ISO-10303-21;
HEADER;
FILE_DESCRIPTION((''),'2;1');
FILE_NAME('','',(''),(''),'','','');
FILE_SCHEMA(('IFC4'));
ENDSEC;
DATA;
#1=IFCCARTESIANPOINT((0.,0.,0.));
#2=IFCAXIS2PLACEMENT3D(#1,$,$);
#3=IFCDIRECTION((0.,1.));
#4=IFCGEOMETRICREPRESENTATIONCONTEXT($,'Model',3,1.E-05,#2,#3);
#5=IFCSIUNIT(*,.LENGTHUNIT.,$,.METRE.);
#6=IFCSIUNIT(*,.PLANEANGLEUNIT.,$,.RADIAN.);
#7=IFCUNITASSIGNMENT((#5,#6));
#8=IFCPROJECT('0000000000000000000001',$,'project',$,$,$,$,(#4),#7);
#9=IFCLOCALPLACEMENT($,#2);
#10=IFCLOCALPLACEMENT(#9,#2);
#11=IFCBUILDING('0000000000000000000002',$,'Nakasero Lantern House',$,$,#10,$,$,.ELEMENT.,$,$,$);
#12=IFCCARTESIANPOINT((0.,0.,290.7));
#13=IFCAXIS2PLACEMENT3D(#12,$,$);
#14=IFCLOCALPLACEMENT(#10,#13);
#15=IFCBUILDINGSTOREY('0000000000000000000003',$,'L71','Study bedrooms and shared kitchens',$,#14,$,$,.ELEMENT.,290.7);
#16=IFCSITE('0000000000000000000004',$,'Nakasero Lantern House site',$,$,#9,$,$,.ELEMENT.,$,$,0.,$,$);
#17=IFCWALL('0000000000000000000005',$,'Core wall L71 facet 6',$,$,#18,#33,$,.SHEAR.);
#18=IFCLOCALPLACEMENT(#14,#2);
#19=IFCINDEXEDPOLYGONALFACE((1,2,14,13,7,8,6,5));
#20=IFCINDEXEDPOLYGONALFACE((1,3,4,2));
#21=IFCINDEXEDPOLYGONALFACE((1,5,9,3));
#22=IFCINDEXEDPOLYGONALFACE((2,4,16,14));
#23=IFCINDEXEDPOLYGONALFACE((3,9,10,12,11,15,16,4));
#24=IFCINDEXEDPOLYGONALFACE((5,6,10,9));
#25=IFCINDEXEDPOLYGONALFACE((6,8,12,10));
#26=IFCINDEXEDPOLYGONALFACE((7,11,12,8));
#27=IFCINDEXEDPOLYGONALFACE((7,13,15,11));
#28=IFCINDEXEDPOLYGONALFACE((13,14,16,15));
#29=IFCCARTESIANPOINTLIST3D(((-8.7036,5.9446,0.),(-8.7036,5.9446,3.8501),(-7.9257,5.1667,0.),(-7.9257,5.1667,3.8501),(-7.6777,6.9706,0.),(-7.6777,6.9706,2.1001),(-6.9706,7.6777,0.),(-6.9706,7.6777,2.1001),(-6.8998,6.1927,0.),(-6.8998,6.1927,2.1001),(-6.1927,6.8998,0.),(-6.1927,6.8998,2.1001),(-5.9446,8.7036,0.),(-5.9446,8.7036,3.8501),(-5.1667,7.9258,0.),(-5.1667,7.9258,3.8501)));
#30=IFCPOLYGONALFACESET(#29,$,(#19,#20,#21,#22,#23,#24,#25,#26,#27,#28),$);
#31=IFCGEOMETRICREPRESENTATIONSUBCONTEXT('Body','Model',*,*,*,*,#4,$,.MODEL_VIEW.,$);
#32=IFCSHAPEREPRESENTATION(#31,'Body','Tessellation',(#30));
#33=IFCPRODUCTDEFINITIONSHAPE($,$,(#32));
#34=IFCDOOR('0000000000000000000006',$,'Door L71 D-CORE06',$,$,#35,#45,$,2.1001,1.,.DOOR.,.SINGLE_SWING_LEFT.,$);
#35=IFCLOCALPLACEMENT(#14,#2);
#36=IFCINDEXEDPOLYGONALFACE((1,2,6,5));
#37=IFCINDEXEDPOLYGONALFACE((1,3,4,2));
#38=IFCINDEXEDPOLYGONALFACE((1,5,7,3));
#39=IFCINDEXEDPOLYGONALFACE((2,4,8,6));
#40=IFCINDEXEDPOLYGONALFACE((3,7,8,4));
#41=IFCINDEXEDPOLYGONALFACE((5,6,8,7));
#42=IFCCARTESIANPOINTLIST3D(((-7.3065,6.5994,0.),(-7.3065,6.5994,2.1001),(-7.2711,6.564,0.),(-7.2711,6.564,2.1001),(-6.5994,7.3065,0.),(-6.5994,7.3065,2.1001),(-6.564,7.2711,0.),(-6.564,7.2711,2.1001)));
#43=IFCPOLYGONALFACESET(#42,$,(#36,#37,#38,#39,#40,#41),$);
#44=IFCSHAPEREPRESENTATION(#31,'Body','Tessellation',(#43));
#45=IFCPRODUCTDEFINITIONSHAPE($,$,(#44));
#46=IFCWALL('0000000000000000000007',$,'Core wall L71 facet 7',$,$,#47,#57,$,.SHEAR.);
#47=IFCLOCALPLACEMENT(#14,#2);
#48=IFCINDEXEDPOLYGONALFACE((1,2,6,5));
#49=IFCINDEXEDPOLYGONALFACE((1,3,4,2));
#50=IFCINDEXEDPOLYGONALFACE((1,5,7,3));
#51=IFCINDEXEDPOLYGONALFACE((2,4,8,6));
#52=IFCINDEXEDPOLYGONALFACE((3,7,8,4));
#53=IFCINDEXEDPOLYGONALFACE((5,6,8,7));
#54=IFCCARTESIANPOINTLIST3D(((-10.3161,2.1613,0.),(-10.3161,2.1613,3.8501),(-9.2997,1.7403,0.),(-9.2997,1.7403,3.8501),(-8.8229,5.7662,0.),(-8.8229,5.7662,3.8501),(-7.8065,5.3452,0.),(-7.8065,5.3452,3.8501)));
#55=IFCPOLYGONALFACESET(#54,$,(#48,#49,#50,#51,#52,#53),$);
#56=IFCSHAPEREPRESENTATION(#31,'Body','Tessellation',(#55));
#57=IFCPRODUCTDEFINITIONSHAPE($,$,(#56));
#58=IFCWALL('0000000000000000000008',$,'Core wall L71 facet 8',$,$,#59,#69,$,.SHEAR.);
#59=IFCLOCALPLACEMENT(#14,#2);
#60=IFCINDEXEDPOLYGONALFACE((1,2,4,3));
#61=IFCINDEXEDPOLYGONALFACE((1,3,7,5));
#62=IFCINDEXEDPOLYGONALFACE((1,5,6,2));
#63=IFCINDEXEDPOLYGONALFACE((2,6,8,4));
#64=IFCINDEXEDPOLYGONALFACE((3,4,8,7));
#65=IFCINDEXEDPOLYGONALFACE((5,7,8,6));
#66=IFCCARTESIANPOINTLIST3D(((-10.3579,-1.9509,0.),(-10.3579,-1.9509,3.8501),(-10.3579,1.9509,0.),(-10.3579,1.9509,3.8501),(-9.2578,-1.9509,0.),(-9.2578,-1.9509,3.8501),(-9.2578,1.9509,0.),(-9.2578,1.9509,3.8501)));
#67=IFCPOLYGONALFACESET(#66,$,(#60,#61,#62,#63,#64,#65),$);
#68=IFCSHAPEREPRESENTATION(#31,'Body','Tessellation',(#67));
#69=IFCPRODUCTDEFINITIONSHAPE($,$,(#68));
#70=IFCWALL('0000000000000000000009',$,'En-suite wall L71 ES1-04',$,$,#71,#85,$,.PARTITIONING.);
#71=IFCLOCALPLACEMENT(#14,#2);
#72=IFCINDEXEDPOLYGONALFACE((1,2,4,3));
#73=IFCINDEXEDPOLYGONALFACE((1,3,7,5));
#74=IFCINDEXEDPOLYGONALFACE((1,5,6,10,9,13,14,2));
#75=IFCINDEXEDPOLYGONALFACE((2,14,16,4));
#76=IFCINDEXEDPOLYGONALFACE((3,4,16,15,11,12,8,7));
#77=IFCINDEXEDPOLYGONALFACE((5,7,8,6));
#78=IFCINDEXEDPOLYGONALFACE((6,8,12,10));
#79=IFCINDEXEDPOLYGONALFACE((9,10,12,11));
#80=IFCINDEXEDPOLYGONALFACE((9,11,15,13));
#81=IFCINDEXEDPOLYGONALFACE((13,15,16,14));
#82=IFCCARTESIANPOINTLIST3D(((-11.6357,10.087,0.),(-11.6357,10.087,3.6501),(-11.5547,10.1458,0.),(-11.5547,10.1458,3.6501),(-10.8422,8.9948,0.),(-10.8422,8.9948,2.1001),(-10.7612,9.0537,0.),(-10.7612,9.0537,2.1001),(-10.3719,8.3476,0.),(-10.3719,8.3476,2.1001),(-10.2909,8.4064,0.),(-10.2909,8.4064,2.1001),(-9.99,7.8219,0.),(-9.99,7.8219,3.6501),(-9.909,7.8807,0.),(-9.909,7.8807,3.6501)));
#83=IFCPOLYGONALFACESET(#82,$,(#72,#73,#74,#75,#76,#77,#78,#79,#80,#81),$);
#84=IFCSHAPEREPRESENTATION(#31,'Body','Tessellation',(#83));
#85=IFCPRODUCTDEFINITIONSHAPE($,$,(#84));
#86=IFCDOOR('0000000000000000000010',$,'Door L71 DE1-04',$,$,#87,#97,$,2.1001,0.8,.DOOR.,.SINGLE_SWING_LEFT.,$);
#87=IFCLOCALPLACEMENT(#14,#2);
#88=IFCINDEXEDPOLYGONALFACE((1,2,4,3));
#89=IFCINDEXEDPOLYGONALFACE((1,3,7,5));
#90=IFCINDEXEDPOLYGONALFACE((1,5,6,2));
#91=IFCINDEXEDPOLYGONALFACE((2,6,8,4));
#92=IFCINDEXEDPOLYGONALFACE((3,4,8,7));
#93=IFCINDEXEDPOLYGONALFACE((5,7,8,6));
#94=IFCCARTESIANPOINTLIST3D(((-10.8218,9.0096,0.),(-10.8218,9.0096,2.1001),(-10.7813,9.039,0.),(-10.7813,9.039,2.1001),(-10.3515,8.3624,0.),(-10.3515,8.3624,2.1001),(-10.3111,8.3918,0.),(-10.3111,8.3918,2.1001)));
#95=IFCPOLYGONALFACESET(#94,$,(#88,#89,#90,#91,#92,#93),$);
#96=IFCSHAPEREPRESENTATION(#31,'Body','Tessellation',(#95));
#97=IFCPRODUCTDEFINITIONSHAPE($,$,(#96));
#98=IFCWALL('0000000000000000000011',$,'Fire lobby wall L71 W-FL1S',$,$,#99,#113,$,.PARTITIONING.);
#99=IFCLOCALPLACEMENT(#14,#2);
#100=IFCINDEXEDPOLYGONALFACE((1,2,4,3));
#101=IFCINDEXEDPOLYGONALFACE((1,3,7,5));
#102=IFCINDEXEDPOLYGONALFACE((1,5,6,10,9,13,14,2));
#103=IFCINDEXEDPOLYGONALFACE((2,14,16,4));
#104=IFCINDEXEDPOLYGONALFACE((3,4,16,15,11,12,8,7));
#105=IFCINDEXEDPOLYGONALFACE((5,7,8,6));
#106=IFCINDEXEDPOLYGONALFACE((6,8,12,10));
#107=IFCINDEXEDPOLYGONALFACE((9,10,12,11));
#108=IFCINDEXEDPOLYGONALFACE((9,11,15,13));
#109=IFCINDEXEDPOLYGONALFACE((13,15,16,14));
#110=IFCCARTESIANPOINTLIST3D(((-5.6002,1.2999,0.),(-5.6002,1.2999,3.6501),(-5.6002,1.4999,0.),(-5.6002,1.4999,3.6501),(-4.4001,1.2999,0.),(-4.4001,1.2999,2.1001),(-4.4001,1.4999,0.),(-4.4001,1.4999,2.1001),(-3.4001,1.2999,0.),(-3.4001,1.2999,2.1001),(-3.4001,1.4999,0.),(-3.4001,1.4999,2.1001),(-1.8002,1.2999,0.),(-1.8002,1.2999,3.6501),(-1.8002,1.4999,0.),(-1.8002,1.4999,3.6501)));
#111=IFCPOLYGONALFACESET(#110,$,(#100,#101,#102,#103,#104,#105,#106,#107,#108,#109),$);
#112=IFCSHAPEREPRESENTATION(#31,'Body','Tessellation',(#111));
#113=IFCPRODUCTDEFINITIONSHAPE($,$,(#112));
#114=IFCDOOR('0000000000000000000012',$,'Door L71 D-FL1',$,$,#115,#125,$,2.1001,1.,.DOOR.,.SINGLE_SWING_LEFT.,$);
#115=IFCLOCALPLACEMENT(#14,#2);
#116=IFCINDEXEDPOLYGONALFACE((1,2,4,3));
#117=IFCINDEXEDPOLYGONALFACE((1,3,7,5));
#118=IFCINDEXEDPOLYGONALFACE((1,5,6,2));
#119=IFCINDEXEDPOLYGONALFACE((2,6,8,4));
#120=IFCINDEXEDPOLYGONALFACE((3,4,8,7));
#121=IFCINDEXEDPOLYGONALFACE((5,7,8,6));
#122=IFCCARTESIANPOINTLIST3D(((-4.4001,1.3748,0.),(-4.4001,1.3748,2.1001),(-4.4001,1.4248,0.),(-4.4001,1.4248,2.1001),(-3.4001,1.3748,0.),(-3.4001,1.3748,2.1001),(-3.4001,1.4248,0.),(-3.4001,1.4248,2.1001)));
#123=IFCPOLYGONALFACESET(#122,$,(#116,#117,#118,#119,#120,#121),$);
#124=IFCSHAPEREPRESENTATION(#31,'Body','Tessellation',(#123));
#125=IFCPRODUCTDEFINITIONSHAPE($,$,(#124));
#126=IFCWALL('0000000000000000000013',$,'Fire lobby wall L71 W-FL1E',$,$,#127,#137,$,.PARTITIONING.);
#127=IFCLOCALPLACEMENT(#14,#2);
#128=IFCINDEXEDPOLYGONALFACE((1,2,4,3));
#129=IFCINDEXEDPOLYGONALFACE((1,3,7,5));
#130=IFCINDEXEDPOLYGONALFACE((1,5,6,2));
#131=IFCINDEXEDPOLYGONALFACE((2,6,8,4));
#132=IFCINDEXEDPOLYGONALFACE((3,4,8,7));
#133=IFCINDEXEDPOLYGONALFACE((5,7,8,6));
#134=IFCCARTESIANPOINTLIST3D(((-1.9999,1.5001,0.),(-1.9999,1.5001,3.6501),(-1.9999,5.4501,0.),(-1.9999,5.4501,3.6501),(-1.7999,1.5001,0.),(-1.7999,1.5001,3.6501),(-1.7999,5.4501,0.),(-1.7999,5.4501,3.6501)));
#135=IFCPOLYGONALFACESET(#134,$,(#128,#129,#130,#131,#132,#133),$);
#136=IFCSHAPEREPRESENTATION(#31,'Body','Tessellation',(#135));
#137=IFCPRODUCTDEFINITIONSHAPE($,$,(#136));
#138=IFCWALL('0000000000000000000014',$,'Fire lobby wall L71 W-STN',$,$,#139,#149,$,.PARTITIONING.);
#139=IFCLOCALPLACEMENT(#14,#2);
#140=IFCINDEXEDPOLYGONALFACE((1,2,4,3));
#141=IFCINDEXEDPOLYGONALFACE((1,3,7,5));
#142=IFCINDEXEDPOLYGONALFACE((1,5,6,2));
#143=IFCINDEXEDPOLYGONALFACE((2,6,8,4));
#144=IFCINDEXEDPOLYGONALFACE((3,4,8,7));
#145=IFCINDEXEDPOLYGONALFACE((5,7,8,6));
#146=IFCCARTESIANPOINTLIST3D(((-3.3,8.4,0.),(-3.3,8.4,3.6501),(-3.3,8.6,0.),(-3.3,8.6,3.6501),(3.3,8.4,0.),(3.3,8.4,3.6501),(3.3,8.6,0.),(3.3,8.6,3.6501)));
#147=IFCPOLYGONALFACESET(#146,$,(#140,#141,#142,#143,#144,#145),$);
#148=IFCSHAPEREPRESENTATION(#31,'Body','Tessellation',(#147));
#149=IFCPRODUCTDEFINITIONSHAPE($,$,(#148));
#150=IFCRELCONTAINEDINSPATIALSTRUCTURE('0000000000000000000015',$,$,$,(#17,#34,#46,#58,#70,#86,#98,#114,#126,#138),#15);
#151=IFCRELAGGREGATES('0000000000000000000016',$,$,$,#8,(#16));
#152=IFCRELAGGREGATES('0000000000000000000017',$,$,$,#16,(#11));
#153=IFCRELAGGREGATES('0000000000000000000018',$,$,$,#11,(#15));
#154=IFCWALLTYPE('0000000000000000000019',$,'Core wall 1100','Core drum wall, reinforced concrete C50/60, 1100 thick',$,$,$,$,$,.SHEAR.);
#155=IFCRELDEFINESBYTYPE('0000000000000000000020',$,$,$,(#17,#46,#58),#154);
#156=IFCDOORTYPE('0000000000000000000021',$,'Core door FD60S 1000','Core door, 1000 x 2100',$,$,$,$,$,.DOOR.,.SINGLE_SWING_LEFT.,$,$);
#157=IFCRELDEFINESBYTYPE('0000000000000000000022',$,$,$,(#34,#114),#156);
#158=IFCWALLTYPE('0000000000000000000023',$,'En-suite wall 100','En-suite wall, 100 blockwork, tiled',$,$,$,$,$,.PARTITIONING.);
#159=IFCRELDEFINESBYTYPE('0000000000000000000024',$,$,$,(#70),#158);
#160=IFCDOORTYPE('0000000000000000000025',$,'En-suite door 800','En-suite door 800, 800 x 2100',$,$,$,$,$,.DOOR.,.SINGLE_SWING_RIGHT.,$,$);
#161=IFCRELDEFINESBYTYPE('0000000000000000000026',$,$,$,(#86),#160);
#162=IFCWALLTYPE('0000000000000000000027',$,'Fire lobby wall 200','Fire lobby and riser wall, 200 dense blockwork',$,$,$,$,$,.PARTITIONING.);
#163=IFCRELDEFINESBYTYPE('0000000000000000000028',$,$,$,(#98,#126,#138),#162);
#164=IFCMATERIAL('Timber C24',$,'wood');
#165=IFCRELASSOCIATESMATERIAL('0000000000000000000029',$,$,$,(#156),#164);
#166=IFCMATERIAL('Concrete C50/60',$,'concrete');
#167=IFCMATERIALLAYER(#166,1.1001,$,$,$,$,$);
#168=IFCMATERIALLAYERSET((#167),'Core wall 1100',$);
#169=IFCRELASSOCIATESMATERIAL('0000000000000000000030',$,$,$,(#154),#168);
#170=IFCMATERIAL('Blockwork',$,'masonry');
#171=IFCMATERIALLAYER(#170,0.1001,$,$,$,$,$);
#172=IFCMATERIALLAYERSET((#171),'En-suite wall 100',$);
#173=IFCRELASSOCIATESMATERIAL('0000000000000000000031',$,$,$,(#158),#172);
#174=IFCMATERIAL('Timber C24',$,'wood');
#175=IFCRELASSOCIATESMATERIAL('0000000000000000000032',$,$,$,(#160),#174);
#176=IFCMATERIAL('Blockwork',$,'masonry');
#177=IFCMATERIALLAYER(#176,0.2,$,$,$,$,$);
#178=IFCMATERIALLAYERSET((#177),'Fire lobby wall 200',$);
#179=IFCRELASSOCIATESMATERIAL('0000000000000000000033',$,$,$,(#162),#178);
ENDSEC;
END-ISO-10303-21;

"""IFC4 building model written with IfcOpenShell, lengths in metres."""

from ifc_helpers import new_model, si_unit, direction, frame, frame_2d, origin, place, context, subcontext, project, spatial, rectangle, extrude, material, layer, layer_set, type_object, element, fill, save


model = new_model("IFC4")

# Units and contexts
model_context = context("Model", 3, precision=1e-05, world=origin(), true_north=direction((0.0, 1.0)))
body_context = subcontext(model_context, "Body", "Model", "MODEL_VIEW")
ifc_project = project(units=[si_unit("LENGTHUNIT", "METRE"), si_unit("PLANEANGLEUNIT", "RADIAN")], contexts=[model_context])

# Site, building, storey
site_placement = place(None, origin())
site = spatial("IfcSite", under=ifc_project, at=site_placement, Name="Nakasero Lantern House site", CompositionType="ELEMENT", RefElevation=0.0)
building_placement = place(site_placement, origin())
building = spatial("IfcBuilding", under=site, at=building_placement, Name="Nakasero Lantern House", CompositionType="ELEMENT")
storey_placement = place(building_placement, frame((0.0, 0.0, 290.7)))
storey = spatial("IfcBuildingStorey", under=building, at=storey_placement, Name="L71", Description="Study bedrooms and shared kitchens", CompositionType="ELEMENT", Elevation=290.7)

# Shared definitions
ifc_material_1 = material(Name="Timber C24", Category="wood")
door_type_1 = type_object("IfcDoorType", Name="Core door FD60S 1000", Description="Core door, 1000 x 2100", OperationType="SINGLE_SWING_LEFT", PredefinedType="DOOR", material=ifc_material_1)

# Shared definitions
ifc_material_2 = material(Name="Concrete C50/60", Category="concrete")
ifc_layer_1 = layer(ifc_material_2, 1.1001)
ifc_layer_set_1 = layer_set([ifc_layer_1], Name="Core wall 1100")
wall_type_1 = type_object("IfcWallType", Name="Core wall 1100", Description="Core drum wall, reinforced concrete C50/60, 1100 thick", PredefinedType="SHEAR", material=ifc_layer_set_1)

# Wall, opening, door
wall_1_placement = place(storey_placement, frame((-5.5557, 8.3147, 0.0), z_axis=(0.0, 0.0, 1.0), x_axis=(-0.707107, -0.707107, 0.0)))
wall_1 = element("IfcWall", 1, at=wall_1_placement, inside=storey, type_object=wall_type_1, Name="Core wall L71 facet 6", PredefinedType="SHEAR", context=body_context, shape_type="SweptSolid", body=[
    extrude(rectangle(XDim=3.9019, YDim=1.1001, at=frame_2d((1.9509, 0.0))), origin(), (0.0, 0.0, 1.0), 3.8501),
])
opening_1_placement = place(wall_1_placement, frame((1.4509, 0.0, 0.0)))
opening_1 = element("IfcOpeningElement", 2, at=opening_1_placement, cuts=wall_1, PredefinedType="OPENING", context=body_context, shape_type="SweptSolid", body=[
    extrude(rectangle(XDim=1.0, YDim=2.1001, at=frame_2d((0.5, 1.05))), frame((0.0, 0.5701, 0.0), z_axis=(0.0, -1.0, 0.0), x_axis=(1.0, 0.0, 0.0)), (0.0, 0.0, 1.0), 1.1401),
])
door_1_placement = place(opening_1_placement, origin())
door_1 = element("IfcDoor", 3, at=door_1_placement, inside=storey, type_object=door_type_1, Name="Door L71 D-CORE06", OperationType="SINGLE_SWING_LEFT", OverallHeight=2.1001, OverallWidth=1.0, PredefinedType="DOOR", context=body_context, shape_type="SweptSolid", body=[
    extrude(rectangle(XDim=1.0, YDim=2.1001, at=frame_2d((0.5, 1.05))), frame((0.0, 0.0249, 0.0), z_axis=(0.0, -1.0, 0.0), x_axis=(1.0, 0.0, 0.0)), (0.0, 0.0, 1.0), 0.05),
])
fill(opening_1, door_1)

# Walls
for number, where, z_axis, x_axis, name in (
    (4, (-8.3147, 5.5557, 0.0), (0.0, 0.0, 1.0), (-0.382691, -0.923877, 0.0), "Core wall L71 facet 7"),
    (5, (-9.8079, 1.9509, 0.0), (0.0, 0.0, 1.0), (0.0, -1.0, 0.0), "Core wall L71 facet 8"),
):
    element("IfcWall", number, at=place(storey_placement, frame(where, z_axis=z_axis, x_axis=x_axis)), inside=storey, type_object=wall_type_1, Name=name, PredefinedType="SHEAR", context=body_context, shape_type="SweptSolid", body=[
        extrude(rectangle(XDim=3.9019, YDim=1.1001, at=frame_2d((1.9509, 0.0))), origin(), (0.0, 0.0, 1.0), 3.8501),
    ])

# Walls, openings, doors
ifc_material_3 = material(Name="Blockwork", Category="masonry")
ifc_layer_2 = layer(ifc_material_3, 0.1001)
ifc_layer_set_2 = layer_set([ifc_layer_2], Name="En-suite wall 100")
wall_type_2 = type_object("IfcWallType", Name="En-suite wall 100", Description="En-suite wall, 100 blockwork, tiled", PredefinedType="PARTITIONING", material=ifc_layer_set_2)
wall_2_placement = place(storey_placement, frame((-9.9495, 7.8513, 0.0), z_axis=(0.0, 0.0, 1.0), x_axis=(-0.587793, 0.809011, 0.0)))
wall_2 = element("IfcWall", 6, at=wall_2_placement, inside=storey, type_object=wall_type_2, Name="En-suite wall L71 ES1-04", PredefinedType="PARTITIONING", context=body_context, shape_type="SweptSolid", body=[
    extrude(rectangle(XDim=2.7998, YDim=0.1001, at=frame_2d((1.3999, 0.0))), origin(), (0.0, 0.0, 1.0), 3.6501),
])
opening_2_placement = place(wall_2_placement, frame((0.6499, 0.0, 0.0)))
opening_2 = element("IfcOpeningElement", 7, at=opening_2_placement, cuts=wall_2, PredefinedType="OPENING", context=body_context, shape_type="SweptSolid", body=[
    extrude(rectangle(XDim=0.8, YDim=2.1001, at=frame_2d((0.3999, 1.05))), frame((0.0, 0.0701, 0.0), z_axis=(0.0, -1.0, 0.0), x_axis=(1.0, 0.0, 0.0)), (0.0, 0.0, 1.0), 0.1401),
])
ifc_material_4 = material(Name="Timber C24", Category="wood")
door_type_2 = type_object("IfcDoorType", Name="En-suite door 800", Description="En-suite door 800, 800 x 2100", OperationType="SINGLE_SWING_RIGHT", PredefinedType="DOOR", material=ifc_material_4)
door_2_placement = place(opening_2_placement, origin())
door_2 = element("IfcDoor", 8, at=door_2_placement, inside=storey, type_object=door_type_2, Name="Door L71 DE1-04", OperationType="SINGLE_SWING_LEFT", OverallHeight=2.1001, OverallWidth=0.8, PredefinedType="DOOR", context=body_context, shape_type="SweptSolid", body=[
    extrude(rectangle(XDim=0.8, YDim=2.1001, at=frame_2d((0.3999, 1.05))), frame((0.0, 0.0249, 0.0), z_axis=(0.0, -1.0, 0.0), x_axis=(1.0, 0.0, 0.0)), (0.0, 0.0, 1.0), 0.05),
])
fill(opening_2, door_2)
ifc_material_5 = material(Name="Blockwork", Category="masonry")
ifc_layer_3 = layer(ifc_material_5, 0.2)
ifc_layer_set_3 = layer_set([ifc_layer_3], Name="Fire lobby wall 200")
wall_type_3 = type_object("IfcWallType", Name="Fire lobby wall 200", Description="Fire lobby and riser wall, 200 dense blockwork", PredefinedType="PARTITIONING", material=ifc_layer_set_3)
wall_3_placement = place(storey_placement, frame((-5.6001, 1.3999, 0.0), z_axis=(0.0, 0.0, 1.0), x_axis=(1.0, 0.0, 0.0)))
wall_3 = element("IfcWall", 9, at=wall_3_placement, inside=storey, type_object=wall_type_3, Name="Fire lobby wall L71 W-FL1S", PredefinedType="PARTITIONING", context=body_context, shape_type="SweptSolid", body=[
    extrude(rectangle(XDim=3.8, YDim=0.2, at=frame_2d((1.8999, 0.0))), origin(), (0.0, 0.0, 1.0), 3.6501),
])
opening_3_placement = place(wall_3_placement, frame((1.2, 0.0, 0.0)))
opening_3 = element("IfcOpeningElement", 10, at=opening_3_placement, cuts=wall_3, PredefinedType="OPENING", context=body_context, shape_type="SweptSolid", body=[
    extrude(rectangle(XDim=1.0, YDim=2.1001, at=frame_2d((0.5, 1.05))), frame((0.0, 0.1199, 0.0), z_axis=(0.0, -1.0, 0.0), x_axis=(1.0, 0.0, 0.0)), (0.0, 0.0, 1.0), 0.24),
])
door_3_placement = place(opening_3_placement, origin())
door_3 = element("IfcDoor", 11, at=door_3_placement, inside=storey, type_object=door_type_1, Name="Door L71 D-FL1", OperationType="SINGLE_SWING_LEFT", OverallHeight=2.1001, OverallWidth=1.0, PredefinedType="DOOR", context=body_context, shape_type="SweptSolid", body=[
    extrude(rectangle(XDim=1.0, YDim=2.1001, at=frame_2d((0.5, 1.05))), frame((0.0, 0.0249, 0.0), z_axis=(0.0, -1.0, 0.0), x_axis=(1.0, 0.0, 0.0)), (0.0, 0.0, 1.0), 0.05),
])
fill(opening_3, door_3)

# Walls
wall_4_placement = place(storey_placement, frame((-1.8999, 1.5, 0.0), z_axis=(0.0, 0.0, 1.0), x_axis=(0.0, 1.0, 0.0)))
element("IfcWall", 12, at=wall_4_placement, inside=storey, type_object=wall_type_3, Name="Fire lobby wall L71 W-FL1E", PredefinedType="PARTITIONING", context=body_context, shape_type="SweptSolid", body=[
    extrude(rectangle(XDim=3.95, YDim=0.2, at=frame_2d((1.9751, 0.0))), origin(), (0.0, 0.0, 1.0), 3.6501),
])
wall_5_placement = place(storey_placement, frame((-3.3, 8.5, 0.0), z_axis=(0.0, 0.0, 1.0), x_axis=(1.0, 0.0, 0.0)))
element("IfcWall", 13, at=wall_5_placement, inside=storey, type_object=wall_type_3, Name="Fire lobby wall L71 W-STN", PredefinedType="PARTITIONING", context=body_context, shape_type="SweptSolid", body=[
    extrude(rectangle(XDim=6.6001, YDim=0.2, at=frame_2d((3.3, 0.0))), origin(), (0.0, 0.0, 1.0), 3.6501),
])

save(model, "model.ifc")
